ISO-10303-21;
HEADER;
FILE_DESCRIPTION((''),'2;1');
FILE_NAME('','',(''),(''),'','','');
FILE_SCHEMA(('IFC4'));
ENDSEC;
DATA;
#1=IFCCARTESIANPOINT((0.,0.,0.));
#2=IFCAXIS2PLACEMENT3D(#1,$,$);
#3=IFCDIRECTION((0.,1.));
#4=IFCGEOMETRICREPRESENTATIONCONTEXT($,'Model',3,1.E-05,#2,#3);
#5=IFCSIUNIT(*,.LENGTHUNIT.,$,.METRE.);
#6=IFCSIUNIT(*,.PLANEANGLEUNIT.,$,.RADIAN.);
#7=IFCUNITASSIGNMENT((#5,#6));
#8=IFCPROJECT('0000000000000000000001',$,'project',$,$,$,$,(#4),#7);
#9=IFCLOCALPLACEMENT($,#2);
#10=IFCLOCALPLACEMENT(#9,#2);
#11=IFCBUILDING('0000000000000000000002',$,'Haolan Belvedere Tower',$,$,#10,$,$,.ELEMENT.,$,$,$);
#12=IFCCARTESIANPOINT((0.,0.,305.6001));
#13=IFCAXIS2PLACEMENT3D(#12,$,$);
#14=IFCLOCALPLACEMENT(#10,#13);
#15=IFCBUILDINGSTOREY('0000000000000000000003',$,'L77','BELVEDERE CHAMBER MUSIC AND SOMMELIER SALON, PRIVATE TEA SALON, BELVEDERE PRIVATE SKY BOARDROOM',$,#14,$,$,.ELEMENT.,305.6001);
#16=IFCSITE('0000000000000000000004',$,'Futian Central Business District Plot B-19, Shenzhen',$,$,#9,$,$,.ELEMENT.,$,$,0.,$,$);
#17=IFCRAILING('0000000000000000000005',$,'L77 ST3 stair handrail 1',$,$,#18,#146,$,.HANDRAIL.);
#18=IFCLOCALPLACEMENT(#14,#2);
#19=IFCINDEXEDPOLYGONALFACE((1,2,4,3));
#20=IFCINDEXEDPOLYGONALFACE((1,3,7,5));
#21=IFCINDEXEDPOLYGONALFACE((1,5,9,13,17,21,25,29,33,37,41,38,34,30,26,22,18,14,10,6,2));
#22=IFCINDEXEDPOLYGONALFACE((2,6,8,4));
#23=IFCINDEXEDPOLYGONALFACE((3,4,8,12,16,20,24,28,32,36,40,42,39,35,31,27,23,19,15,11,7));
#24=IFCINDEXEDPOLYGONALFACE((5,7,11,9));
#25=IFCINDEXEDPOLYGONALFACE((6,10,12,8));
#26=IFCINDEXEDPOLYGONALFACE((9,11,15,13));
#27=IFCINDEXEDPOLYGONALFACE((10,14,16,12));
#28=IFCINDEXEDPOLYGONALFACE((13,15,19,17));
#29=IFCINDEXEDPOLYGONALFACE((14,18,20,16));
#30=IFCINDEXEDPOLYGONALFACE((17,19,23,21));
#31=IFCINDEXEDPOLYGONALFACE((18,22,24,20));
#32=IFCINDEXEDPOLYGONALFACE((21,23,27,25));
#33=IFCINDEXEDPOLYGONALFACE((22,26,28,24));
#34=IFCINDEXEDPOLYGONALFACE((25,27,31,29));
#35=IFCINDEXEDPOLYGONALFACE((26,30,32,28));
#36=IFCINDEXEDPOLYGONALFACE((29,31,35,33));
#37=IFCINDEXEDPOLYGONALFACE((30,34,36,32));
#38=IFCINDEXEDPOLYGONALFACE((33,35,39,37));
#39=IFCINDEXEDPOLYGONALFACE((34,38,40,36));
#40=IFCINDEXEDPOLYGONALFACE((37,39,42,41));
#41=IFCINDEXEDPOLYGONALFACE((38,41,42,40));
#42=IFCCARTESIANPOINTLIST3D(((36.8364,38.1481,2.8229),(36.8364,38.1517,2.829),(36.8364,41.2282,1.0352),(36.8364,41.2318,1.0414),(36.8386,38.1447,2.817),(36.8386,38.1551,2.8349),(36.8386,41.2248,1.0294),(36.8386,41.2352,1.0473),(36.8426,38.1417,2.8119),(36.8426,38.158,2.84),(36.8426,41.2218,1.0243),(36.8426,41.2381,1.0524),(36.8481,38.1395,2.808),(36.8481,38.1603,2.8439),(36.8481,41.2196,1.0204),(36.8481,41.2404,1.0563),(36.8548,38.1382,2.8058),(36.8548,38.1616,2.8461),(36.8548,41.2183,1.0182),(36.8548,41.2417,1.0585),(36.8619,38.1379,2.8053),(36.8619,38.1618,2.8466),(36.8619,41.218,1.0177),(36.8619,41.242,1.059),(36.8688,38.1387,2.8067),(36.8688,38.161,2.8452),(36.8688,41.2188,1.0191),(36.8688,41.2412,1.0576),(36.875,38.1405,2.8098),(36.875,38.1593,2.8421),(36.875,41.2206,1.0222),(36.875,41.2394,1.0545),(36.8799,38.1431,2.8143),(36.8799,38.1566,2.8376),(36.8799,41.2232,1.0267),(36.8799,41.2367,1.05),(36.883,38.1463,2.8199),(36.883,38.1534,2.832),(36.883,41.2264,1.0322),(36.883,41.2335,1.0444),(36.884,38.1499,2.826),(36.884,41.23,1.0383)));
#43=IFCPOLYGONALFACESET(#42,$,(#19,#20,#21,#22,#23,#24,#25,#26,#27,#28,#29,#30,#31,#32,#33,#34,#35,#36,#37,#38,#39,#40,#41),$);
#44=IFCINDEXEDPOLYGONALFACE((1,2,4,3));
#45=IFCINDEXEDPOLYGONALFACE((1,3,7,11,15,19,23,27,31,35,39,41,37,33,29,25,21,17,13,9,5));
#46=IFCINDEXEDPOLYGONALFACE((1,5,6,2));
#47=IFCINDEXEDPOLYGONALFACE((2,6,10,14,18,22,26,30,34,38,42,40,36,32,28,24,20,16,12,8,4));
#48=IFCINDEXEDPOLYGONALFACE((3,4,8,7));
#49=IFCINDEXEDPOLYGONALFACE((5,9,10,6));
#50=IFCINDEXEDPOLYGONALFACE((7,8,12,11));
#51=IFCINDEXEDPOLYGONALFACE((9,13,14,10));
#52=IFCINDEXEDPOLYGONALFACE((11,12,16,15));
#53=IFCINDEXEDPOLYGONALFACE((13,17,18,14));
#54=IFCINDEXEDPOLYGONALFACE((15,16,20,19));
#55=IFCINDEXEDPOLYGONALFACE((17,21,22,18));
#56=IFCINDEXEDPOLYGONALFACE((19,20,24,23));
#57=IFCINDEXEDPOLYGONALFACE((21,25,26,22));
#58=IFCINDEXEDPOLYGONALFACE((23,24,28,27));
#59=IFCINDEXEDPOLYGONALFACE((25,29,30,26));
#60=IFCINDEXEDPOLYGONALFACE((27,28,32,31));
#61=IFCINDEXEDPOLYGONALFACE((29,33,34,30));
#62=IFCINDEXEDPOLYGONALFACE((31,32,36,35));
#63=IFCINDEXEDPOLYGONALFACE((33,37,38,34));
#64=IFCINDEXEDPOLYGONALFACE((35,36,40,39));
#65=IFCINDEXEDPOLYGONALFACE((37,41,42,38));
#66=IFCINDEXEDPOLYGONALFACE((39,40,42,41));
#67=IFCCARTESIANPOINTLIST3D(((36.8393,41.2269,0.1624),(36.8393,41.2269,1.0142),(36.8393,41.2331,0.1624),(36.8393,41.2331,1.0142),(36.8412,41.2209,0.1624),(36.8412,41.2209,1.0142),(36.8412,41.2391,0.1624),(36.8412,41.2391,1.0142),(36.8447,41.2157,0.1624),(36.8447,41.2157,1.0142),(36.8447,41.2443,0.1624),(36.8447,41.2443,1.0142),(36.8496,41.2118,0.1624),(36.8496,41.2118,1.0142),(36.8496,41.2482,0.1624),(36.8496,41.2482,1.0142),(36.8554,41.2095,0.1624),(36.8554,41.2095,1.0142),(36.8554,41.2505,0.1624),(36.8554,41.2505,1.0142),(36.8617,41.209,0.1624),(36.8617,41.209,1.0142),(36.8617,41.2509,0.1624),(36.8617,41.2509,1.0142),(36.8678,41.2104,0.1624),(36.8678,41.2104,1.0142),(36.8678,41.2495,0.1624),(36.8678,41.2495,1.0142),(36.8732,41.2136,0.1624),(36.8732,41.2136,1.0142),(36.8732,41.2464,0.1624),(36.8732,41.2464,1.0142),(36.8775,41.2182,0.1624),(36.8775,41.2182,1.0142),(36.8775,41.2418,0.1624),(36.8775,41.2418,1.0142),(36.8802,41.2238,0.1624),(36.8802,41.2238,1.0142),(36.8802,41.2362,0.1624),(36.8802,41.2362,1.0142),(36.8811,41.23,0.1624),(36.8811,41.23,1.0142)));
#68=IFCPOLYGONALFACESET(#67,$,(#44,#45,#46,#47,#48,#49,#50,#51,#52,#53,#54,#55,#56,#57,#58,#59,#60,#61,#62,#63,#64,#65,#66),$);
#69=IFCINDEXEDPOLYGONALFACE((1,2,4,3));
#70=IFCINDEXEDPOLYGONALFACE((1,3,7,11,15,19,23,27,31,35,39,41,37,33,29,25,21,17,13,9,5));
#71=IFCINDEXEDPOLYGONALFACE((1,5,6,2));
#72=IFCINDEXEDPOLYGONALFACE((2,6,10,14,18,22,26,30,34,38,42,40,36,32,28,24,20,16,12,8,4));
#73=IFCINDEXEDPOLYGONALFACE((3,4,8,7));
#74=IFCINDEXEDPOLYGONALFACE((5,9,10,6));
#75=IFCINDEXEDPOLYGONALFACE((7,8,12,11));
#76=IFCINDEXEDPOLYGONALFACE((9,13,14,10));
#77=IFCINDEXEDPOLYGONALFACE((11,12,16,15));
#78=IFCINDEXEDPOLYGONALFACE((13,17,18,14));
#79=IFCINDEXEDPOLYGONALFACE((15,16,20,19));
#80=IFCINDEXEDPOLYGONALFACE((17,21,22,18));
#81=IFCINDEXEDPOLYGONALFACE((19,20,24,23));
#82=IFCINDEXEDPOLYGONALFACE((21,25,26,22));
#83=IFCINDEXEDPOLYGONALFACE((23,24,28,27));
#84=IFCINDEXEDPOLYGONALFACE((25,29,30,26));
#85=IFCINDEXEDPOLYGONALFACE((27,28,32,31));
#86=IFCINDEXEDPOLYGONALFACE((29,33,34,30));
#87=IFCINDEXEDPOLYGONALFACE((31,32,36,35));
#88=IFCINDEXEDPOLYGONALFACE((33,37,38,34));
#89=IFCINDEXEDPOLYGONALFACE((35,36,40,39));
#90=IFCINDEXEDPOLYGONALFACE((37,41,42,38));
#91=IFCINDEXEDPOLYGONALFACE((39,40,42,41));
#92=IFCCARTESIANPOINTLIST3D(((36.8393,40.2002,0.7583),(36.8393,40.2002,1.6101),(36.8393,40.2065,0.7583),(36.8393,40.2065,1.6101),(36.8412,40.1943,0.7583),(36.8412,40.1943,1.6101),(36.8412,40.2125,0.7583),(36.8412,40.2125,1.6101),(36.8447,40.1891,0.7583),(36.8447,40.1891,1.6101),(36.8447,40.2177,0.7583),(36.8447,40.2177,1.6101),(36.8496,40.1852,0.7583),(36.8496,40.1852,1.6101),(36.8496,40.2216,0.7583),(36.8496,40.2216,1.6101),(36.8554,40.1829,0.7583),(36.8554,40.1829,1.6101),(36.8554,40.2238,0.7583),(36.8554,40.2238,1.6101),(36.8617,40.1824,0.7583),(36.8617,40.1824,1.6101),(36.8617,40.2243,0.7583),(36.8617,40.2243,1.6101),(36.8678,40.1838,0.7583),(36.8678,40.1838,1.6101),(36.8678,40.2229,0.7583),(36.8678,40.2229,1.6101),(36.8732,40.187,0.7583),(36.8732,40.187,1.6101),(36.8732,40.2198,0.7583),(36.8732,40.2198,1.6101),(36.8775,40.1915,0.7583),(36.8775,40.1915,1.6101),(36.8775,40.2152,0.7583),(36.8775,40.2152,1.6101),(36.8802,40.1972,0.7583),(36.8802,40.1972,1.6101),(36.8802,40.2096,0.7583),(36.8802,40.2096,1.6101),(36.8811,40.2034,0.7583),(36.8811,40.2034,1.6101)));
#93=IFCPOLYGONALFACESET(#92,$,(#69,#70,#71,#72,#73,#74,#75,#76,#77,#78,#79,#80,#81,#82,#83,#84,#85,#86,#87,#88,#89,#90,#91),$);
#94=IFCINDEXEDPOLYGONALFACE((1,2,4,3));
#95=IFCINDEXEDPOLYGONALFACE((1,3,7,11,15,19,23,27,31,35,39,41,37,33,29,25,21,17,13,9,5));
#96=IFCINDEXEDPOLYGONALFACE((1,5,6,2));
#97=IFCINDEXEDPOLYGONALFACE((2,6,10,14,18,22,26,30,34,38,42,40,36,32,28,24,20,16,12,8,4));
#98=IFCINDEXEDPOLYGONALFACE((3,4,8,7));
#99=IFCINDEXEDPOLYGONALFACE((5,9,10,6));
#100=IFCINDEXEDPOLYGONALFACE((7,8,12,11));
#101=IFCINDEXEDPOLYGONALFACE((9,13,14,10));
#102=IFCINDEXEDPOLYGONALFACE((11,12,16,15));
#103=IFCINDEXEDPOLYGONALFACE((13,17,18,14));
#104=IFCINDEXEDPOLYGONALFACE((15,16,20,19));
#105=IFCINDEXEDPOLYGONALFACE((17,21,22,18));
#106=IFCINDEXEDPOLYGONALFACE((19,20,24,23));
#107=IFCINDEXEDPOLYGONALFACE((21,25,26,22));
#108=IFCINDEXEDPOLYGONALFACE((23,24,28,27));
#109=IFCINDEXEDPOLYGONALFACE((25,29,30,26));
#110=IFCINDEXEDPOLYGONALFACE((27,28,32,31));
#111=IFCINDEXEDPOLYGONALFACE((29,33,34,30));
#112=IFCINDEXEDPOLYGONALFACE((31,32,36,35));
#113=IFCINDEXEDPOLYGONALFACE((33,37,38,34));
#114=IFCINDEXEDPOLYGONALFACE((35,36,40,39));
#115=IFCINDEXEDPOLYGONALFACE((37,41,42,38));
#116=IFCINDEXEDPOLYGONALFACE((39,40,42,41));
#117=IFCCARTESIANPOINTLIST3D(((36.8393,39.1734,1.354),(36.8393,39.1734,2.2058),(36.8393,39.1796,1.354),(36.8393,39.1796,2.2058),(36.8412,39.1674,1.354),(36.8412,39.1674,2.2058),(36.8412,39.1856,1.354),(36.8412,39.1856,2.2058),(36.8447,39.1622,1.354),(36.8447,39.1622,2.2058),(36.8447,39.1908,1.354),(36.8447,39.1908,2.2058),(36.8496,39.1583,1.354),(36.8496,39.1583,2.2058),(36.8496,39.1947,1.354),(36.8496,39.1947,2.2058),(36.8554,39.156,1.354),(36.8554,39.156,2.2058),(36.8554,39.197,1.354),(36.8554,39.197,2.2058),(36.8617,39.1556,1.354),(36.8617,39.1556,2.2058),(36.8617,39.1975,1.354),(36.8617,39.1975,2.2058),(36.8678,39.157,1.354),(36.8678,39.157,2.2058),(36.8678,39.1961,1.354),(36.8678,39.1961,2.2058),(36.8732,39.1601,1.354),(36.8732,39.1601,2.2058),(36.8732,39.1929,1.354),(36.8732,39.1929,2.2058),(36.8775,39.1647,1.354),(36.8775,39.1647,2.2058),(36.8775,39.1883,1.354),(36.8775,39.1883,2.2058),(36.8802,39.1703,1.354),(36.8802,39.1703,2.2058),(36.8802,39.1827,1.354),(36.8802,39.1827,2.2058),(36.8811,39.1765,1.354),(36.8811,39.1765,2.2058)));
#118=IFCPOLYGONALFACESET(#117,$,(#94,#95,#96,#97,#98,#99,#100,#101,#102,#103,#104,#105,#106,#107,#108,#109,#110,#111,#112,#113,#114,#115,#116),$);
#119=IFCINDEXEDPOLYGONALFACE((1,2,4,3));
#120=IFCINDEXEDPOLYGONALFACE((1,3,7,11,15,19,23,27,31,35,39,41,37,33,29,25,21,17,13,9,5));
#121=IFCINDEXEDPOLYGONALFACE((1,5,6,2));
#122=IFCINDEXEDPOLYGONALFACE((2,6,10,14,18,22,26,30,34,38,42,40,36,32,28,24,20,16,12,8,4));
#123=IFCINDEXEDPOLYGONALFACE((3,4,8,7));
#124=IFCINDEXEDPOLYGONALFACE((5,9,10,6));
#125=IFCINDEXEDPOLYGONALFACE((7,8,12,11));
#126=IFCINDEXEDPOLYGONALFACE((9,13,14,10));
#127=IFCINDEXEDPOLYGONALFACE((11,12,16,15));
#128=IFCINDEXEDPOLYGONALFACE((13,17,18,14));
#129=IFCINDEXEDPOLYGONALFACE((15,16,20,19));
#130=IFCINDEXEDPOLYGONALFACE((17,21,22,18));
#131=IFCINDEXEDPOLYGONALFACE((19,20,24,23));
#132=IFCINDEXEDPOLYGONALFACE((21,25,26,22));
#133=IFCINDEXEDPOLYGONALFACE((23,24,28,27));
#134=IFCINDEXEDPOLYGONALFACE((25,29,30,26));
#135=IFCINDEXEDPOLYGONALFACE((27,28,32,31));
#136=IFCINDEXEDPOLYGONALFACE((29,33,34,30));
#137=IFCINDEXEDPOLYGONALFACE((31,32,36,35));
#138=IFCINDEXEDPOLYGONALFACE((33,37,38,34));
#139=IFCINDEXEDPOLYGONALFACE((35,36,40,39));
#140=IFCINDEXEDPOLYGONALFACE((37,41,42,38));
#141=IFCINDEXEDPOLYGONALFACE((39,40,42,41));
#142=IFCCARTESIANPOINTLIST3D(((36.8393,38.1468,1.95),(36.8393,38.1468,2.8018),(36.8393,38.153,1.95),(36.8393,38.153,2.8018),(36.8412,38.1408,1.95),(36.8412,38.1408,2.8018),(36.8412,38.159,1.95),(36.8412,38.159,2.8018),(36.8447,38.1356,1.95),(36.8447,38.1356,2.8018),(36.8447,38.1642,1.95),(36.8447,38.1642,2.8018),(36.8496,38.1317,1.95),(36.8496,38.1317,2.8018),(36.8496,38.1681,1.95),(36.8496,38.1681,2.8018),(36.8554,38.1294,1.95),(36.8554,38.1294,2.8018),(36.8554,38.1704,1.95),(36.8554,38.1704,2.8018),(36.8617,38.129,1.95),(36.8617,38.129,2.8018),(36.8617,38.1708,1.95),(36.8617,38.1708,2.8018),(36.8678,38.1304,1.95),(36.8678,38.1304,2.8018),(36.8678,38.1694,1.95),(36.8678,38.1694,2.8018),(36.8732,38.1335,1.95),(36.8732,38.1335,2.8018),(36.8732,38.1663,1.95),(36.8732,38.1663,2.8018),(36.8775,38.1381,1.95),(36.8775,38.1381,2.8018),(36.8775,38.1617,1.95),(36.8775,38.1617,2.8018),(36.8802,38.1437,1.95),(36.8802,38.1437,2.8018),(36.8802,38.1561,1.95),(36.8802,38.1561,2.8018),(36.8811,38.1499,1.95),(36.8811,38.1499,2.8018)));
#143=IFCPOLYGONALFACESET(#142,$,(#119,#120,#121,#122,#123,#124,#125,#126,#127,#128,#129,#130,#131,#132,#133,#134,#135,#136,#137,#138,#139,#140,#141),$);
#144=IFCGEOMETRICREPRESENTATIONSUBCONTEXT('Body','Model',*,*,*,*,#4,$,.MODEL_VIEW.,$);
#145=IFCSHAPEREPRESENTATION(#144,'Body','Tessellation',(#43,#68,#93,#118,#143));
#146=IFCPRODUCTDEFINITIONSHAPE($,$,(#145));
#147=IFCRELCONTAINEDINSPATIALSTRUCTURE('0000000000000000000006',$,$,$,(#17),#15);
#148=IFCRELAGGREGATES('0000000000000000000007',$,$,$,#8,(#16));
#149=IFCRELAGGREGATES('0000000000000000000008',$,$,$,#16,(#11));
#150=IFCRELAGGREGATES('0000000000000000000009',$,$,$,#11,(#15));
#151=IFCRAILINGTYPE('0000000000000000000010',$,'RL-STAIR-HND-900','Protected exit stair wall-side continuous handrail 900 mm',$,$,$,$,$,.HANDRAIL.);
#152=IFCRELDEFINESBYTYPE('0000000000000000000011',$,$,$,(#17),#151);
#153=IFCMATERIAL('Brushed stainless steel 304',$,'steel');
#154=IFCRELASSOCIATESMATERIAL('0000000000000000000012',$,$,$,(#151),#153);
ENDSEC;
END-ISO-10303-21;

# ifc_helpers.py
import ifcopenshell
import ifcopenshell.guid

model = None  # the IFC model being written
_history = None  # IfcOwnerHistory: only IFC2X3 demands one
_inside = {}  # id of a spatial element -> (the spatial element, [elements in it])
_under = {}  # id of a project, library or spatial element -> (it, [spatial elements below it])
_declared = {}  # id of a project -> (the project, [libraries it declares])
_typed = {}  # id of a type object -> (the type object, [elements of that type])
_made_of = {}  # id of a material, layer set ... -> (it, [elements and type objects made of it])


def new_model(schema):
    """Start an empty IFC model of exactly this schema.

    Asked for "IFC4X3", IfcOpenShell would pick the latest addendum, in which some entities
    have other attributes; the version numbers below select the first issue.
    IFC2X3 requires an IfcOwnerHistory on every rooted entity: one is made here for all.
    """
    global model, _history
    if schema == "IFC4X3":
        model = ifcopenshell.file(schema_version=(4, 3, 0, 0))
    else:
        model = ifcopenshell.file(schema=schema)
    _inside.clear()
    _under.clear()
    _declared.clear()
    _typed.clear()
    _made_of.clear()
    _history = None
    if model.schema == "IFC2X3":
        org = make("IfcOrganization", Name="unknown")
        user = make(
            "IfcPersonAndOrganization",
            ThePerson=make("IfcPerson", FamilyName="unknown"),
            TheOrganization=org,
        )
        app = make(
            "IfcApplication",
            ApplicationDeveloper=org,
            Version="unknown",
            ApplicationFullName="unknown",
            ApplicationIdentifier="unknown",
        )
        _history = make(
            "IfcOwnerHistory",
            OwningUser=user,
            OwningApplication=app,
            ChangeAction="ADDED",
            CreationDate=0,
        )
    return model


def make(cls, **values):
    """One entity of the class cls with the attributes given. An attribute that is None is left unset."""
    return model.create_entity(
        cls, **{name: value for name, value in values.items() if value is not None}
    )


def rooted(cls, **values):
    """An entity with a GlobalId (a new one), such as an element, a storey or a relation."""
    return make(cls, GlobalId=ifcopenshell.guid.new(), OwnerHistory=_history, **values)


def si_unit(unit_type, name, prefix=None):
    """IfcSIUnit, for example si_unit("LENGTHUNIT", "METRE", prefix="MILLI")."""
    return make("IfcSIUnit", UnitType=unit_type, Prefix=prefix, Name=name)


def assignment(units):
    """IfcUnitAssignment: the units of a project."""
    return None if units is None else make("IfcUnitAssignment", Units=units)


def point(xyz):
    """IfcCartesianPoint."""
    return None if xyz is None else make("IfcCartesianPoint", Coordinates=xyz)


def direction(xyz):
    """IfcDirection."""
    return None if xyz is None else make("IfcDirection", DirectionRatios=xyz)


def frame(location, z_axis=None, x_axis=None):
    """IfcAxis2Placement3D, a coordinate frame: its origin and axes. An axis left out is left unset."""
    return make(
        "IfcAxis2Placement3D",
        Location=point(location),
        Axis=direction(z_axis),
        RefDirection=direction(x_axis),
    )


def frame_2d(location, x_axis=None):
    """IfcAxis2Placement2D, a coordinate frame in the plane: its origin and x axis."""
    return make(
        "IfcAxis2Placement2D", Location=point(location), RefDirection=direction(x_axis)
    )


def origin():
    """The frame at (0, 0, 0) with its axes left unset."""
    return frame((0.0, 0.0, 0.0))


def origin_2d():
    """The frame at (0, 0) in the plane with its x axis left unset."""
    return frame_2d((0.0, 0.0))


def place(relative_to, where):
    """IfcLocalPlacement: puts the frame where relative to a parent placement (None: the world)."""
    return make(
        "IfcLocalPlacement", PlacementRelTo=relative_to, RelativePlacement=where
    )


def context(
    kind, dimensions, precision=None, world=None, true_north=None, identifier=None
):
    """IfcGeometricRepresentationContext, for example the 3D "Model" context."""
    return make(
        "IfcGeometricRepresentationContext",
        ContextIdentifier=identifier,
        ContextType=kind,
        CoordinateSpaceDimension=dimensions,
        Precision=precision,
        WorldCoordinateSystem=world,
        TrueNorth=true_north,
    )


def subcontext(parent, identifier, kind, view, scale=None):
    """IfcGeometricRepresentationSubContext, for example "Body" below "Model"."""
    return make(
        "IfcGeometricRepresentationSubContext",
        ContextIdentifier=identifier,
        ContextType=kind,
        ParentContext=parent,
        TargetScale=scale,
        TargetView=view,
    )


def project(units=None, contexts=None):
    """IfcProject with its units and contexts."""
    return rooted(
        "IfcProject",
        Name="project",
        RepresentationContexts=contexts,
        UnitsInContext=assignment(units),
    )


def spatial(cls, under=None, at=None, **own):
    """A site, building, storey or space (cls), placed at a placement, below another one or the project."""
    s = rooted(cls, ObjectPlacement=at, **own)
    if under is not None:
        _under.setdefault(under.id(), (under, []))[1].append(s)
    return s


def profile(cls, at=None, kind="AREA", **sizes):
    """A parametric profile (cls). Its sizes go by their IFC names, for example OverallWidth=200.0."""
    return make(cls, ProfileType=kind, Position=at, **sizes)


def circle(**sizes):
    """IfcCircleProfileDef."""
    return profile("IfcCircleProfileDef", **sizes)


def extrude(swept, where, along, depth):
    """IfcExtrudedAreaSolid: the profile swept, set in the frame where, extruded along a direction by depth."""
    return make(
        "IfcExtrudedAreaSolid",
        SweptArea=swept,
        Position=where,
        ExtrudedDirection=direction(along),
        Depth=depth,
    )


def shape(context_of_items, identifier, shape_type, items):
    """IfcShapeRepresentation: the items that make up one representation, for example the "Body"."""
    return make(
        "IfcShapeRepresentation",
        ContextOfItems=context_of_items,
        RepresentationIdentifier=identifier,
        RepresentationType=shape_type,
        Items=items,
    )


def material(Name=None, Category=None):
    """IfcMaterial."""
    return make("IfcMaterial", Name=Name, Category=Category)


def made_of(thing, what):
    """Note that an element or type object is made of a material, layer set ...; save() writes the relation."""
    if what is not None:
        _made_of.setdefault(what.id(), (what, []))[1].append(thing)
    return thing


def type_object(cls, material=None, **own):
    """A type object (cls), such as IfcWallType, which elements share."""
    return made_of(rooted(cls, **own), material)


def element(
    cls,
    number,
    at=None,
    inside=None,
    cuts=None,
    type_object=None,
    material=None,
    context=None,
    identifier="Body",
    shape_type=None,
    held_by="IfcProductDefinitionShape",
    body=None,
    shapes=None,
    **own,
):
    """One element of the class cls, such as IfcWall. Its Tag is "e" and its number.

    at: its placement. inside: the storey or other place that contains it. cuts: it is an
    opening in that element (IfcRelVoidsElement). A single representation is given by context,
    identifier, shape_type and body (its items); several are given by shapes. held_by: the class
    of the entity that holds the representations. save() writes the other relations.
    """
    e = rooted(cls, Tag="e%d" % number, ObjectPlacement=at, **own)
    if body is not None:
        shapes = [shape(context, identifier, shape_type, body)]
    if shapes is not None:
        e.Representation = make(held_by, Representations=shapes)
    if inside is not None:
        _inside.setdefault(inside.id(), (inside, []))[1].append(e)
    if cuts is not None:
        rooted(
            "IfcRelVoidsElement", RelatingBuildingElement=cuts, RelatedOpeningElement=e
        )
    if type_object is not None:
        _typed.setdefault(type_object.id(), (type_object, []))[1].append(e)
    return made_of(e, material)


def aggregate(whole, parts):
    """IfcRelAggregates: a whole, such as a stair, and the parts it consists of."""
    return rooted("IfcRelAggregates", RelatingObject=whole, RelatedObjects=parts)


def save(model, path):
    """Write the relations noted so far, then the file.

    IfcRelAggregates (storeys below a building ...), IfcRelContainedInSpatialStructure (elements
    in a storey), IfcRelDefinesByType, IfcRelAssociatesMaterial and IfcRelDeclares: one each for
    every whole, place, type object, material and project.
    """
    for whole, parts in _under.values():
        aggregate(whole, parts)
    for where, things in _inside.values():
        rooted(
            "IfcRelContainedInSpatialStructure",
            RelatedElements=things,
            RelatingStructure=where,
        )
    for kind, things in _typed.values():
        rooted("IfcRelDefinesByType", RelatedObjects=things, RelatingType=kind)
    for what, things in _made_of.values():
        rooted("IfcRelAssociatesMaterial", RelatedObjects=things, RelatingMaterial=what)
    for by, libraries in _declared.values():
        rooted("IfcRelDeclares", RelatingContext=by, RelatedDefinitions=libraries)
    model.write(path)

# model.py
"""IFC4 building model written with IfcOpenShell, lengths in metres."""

from ifc_helpers import new_model, si_unit, direction, frame, origin, origin_2d, place, context, subcontext, project, spatial, circle, extrude, material, type_object, element, save


model = new_model("IFC4")

# Units and contexts
model_context = context("Model", 3, precision=1e-05, world=origin(), true_north=direction((0.0, 1.0)))
body_context = subcontext(model_context, "Body", "Model", "MODEL_VIEW")
ifc_project = project(units=[si_unit("LENGTHUNIT", "METRE"), si_unit("PLANEANGLEUNIT", "RADIAN")], contexts=[model_context])

# Site, building, storey
site_placement = place(None, origin())
site = spatial("IfcSite", under=ifc_project, at=site_placement, Name="Futian Central Business District Plot B-19, Shenzhen", CompositionType="ELEMENT", RefElevation=0.0)
building_placement = place(site_placement, origin())
building = spatial("IfcBuilding", under=site, at=building_placement, Name="Haolan Belvedere Tower", CompositionType="ELEMENT")
storey_placement = place(building_placement, frame((0.0, 0.0, 305.6001)))
storey = spatial("IfcBuildingStorey", under=building, at=storey_placement, Name="L77", Description="BELVEDERE CHAMBER MUSIC AND SOMMELIER SALON, PRIVATE TEA SALON, BELVEDERE PRIVATE SKY BOARDROOM", CompositionType="ELEMENT", Elevation=305.6001)

# Railing
ifc_material_1 = material(Name="Brushed stainless steel 304", Category="steel")
railing_type_1 = type_object("IfcRailingType", Name="RL-STAIR-HND-900", Description="Protected exit stair wall-side continuous handrail 900 mm", PredefinedType="HANDRAIL", material=ifc_material_1)
railing_1_placement = place(storey_placement, frame((36.8601, 41.23, 0.1624)))
element("IfcRailing", 1, at=railing_1_placement, inside=storey, type_object=railing_type_1, Name="L77 ST3 stair handrail 1", PredefinedType="HANDRAIL", context=body_context, shape_type="SweptSolid", body=[
    extrude(circle(Radius=0.0239, at=origin_2d()), frame((0.0, 0.0, 0.876), z_axis=(0.0, -0.864891, 0.50196), x_axis=(1.0, 0.0, 0.0)), (0.0, 0.0, 1.0), 3.5613),
    extrude(circle(Radius=0.021, at=origin_2d()), origin(), (0.0, 0.0, 1.0), 0.8518),
    extrude(circle(Radius=0.021, at=origin_2d()), frame((0.0, -1.0266, 0.5959)), (0.0, 0.0, 1.0), 0.8518),
    extrude(circle(Radius=0.021, at=origin_2d()), frame((0.0, -2.0535, 1.1917)), (0.0, 0.0, 1.0), 0.8518),
    extrude(circle(Radius=0.021, at=origin_2d()), frame((0.0, -3.0801, 1.7876)), (0.0, 0.0, 1.0), 0.8518),
])

save(model, "model.ifc")
